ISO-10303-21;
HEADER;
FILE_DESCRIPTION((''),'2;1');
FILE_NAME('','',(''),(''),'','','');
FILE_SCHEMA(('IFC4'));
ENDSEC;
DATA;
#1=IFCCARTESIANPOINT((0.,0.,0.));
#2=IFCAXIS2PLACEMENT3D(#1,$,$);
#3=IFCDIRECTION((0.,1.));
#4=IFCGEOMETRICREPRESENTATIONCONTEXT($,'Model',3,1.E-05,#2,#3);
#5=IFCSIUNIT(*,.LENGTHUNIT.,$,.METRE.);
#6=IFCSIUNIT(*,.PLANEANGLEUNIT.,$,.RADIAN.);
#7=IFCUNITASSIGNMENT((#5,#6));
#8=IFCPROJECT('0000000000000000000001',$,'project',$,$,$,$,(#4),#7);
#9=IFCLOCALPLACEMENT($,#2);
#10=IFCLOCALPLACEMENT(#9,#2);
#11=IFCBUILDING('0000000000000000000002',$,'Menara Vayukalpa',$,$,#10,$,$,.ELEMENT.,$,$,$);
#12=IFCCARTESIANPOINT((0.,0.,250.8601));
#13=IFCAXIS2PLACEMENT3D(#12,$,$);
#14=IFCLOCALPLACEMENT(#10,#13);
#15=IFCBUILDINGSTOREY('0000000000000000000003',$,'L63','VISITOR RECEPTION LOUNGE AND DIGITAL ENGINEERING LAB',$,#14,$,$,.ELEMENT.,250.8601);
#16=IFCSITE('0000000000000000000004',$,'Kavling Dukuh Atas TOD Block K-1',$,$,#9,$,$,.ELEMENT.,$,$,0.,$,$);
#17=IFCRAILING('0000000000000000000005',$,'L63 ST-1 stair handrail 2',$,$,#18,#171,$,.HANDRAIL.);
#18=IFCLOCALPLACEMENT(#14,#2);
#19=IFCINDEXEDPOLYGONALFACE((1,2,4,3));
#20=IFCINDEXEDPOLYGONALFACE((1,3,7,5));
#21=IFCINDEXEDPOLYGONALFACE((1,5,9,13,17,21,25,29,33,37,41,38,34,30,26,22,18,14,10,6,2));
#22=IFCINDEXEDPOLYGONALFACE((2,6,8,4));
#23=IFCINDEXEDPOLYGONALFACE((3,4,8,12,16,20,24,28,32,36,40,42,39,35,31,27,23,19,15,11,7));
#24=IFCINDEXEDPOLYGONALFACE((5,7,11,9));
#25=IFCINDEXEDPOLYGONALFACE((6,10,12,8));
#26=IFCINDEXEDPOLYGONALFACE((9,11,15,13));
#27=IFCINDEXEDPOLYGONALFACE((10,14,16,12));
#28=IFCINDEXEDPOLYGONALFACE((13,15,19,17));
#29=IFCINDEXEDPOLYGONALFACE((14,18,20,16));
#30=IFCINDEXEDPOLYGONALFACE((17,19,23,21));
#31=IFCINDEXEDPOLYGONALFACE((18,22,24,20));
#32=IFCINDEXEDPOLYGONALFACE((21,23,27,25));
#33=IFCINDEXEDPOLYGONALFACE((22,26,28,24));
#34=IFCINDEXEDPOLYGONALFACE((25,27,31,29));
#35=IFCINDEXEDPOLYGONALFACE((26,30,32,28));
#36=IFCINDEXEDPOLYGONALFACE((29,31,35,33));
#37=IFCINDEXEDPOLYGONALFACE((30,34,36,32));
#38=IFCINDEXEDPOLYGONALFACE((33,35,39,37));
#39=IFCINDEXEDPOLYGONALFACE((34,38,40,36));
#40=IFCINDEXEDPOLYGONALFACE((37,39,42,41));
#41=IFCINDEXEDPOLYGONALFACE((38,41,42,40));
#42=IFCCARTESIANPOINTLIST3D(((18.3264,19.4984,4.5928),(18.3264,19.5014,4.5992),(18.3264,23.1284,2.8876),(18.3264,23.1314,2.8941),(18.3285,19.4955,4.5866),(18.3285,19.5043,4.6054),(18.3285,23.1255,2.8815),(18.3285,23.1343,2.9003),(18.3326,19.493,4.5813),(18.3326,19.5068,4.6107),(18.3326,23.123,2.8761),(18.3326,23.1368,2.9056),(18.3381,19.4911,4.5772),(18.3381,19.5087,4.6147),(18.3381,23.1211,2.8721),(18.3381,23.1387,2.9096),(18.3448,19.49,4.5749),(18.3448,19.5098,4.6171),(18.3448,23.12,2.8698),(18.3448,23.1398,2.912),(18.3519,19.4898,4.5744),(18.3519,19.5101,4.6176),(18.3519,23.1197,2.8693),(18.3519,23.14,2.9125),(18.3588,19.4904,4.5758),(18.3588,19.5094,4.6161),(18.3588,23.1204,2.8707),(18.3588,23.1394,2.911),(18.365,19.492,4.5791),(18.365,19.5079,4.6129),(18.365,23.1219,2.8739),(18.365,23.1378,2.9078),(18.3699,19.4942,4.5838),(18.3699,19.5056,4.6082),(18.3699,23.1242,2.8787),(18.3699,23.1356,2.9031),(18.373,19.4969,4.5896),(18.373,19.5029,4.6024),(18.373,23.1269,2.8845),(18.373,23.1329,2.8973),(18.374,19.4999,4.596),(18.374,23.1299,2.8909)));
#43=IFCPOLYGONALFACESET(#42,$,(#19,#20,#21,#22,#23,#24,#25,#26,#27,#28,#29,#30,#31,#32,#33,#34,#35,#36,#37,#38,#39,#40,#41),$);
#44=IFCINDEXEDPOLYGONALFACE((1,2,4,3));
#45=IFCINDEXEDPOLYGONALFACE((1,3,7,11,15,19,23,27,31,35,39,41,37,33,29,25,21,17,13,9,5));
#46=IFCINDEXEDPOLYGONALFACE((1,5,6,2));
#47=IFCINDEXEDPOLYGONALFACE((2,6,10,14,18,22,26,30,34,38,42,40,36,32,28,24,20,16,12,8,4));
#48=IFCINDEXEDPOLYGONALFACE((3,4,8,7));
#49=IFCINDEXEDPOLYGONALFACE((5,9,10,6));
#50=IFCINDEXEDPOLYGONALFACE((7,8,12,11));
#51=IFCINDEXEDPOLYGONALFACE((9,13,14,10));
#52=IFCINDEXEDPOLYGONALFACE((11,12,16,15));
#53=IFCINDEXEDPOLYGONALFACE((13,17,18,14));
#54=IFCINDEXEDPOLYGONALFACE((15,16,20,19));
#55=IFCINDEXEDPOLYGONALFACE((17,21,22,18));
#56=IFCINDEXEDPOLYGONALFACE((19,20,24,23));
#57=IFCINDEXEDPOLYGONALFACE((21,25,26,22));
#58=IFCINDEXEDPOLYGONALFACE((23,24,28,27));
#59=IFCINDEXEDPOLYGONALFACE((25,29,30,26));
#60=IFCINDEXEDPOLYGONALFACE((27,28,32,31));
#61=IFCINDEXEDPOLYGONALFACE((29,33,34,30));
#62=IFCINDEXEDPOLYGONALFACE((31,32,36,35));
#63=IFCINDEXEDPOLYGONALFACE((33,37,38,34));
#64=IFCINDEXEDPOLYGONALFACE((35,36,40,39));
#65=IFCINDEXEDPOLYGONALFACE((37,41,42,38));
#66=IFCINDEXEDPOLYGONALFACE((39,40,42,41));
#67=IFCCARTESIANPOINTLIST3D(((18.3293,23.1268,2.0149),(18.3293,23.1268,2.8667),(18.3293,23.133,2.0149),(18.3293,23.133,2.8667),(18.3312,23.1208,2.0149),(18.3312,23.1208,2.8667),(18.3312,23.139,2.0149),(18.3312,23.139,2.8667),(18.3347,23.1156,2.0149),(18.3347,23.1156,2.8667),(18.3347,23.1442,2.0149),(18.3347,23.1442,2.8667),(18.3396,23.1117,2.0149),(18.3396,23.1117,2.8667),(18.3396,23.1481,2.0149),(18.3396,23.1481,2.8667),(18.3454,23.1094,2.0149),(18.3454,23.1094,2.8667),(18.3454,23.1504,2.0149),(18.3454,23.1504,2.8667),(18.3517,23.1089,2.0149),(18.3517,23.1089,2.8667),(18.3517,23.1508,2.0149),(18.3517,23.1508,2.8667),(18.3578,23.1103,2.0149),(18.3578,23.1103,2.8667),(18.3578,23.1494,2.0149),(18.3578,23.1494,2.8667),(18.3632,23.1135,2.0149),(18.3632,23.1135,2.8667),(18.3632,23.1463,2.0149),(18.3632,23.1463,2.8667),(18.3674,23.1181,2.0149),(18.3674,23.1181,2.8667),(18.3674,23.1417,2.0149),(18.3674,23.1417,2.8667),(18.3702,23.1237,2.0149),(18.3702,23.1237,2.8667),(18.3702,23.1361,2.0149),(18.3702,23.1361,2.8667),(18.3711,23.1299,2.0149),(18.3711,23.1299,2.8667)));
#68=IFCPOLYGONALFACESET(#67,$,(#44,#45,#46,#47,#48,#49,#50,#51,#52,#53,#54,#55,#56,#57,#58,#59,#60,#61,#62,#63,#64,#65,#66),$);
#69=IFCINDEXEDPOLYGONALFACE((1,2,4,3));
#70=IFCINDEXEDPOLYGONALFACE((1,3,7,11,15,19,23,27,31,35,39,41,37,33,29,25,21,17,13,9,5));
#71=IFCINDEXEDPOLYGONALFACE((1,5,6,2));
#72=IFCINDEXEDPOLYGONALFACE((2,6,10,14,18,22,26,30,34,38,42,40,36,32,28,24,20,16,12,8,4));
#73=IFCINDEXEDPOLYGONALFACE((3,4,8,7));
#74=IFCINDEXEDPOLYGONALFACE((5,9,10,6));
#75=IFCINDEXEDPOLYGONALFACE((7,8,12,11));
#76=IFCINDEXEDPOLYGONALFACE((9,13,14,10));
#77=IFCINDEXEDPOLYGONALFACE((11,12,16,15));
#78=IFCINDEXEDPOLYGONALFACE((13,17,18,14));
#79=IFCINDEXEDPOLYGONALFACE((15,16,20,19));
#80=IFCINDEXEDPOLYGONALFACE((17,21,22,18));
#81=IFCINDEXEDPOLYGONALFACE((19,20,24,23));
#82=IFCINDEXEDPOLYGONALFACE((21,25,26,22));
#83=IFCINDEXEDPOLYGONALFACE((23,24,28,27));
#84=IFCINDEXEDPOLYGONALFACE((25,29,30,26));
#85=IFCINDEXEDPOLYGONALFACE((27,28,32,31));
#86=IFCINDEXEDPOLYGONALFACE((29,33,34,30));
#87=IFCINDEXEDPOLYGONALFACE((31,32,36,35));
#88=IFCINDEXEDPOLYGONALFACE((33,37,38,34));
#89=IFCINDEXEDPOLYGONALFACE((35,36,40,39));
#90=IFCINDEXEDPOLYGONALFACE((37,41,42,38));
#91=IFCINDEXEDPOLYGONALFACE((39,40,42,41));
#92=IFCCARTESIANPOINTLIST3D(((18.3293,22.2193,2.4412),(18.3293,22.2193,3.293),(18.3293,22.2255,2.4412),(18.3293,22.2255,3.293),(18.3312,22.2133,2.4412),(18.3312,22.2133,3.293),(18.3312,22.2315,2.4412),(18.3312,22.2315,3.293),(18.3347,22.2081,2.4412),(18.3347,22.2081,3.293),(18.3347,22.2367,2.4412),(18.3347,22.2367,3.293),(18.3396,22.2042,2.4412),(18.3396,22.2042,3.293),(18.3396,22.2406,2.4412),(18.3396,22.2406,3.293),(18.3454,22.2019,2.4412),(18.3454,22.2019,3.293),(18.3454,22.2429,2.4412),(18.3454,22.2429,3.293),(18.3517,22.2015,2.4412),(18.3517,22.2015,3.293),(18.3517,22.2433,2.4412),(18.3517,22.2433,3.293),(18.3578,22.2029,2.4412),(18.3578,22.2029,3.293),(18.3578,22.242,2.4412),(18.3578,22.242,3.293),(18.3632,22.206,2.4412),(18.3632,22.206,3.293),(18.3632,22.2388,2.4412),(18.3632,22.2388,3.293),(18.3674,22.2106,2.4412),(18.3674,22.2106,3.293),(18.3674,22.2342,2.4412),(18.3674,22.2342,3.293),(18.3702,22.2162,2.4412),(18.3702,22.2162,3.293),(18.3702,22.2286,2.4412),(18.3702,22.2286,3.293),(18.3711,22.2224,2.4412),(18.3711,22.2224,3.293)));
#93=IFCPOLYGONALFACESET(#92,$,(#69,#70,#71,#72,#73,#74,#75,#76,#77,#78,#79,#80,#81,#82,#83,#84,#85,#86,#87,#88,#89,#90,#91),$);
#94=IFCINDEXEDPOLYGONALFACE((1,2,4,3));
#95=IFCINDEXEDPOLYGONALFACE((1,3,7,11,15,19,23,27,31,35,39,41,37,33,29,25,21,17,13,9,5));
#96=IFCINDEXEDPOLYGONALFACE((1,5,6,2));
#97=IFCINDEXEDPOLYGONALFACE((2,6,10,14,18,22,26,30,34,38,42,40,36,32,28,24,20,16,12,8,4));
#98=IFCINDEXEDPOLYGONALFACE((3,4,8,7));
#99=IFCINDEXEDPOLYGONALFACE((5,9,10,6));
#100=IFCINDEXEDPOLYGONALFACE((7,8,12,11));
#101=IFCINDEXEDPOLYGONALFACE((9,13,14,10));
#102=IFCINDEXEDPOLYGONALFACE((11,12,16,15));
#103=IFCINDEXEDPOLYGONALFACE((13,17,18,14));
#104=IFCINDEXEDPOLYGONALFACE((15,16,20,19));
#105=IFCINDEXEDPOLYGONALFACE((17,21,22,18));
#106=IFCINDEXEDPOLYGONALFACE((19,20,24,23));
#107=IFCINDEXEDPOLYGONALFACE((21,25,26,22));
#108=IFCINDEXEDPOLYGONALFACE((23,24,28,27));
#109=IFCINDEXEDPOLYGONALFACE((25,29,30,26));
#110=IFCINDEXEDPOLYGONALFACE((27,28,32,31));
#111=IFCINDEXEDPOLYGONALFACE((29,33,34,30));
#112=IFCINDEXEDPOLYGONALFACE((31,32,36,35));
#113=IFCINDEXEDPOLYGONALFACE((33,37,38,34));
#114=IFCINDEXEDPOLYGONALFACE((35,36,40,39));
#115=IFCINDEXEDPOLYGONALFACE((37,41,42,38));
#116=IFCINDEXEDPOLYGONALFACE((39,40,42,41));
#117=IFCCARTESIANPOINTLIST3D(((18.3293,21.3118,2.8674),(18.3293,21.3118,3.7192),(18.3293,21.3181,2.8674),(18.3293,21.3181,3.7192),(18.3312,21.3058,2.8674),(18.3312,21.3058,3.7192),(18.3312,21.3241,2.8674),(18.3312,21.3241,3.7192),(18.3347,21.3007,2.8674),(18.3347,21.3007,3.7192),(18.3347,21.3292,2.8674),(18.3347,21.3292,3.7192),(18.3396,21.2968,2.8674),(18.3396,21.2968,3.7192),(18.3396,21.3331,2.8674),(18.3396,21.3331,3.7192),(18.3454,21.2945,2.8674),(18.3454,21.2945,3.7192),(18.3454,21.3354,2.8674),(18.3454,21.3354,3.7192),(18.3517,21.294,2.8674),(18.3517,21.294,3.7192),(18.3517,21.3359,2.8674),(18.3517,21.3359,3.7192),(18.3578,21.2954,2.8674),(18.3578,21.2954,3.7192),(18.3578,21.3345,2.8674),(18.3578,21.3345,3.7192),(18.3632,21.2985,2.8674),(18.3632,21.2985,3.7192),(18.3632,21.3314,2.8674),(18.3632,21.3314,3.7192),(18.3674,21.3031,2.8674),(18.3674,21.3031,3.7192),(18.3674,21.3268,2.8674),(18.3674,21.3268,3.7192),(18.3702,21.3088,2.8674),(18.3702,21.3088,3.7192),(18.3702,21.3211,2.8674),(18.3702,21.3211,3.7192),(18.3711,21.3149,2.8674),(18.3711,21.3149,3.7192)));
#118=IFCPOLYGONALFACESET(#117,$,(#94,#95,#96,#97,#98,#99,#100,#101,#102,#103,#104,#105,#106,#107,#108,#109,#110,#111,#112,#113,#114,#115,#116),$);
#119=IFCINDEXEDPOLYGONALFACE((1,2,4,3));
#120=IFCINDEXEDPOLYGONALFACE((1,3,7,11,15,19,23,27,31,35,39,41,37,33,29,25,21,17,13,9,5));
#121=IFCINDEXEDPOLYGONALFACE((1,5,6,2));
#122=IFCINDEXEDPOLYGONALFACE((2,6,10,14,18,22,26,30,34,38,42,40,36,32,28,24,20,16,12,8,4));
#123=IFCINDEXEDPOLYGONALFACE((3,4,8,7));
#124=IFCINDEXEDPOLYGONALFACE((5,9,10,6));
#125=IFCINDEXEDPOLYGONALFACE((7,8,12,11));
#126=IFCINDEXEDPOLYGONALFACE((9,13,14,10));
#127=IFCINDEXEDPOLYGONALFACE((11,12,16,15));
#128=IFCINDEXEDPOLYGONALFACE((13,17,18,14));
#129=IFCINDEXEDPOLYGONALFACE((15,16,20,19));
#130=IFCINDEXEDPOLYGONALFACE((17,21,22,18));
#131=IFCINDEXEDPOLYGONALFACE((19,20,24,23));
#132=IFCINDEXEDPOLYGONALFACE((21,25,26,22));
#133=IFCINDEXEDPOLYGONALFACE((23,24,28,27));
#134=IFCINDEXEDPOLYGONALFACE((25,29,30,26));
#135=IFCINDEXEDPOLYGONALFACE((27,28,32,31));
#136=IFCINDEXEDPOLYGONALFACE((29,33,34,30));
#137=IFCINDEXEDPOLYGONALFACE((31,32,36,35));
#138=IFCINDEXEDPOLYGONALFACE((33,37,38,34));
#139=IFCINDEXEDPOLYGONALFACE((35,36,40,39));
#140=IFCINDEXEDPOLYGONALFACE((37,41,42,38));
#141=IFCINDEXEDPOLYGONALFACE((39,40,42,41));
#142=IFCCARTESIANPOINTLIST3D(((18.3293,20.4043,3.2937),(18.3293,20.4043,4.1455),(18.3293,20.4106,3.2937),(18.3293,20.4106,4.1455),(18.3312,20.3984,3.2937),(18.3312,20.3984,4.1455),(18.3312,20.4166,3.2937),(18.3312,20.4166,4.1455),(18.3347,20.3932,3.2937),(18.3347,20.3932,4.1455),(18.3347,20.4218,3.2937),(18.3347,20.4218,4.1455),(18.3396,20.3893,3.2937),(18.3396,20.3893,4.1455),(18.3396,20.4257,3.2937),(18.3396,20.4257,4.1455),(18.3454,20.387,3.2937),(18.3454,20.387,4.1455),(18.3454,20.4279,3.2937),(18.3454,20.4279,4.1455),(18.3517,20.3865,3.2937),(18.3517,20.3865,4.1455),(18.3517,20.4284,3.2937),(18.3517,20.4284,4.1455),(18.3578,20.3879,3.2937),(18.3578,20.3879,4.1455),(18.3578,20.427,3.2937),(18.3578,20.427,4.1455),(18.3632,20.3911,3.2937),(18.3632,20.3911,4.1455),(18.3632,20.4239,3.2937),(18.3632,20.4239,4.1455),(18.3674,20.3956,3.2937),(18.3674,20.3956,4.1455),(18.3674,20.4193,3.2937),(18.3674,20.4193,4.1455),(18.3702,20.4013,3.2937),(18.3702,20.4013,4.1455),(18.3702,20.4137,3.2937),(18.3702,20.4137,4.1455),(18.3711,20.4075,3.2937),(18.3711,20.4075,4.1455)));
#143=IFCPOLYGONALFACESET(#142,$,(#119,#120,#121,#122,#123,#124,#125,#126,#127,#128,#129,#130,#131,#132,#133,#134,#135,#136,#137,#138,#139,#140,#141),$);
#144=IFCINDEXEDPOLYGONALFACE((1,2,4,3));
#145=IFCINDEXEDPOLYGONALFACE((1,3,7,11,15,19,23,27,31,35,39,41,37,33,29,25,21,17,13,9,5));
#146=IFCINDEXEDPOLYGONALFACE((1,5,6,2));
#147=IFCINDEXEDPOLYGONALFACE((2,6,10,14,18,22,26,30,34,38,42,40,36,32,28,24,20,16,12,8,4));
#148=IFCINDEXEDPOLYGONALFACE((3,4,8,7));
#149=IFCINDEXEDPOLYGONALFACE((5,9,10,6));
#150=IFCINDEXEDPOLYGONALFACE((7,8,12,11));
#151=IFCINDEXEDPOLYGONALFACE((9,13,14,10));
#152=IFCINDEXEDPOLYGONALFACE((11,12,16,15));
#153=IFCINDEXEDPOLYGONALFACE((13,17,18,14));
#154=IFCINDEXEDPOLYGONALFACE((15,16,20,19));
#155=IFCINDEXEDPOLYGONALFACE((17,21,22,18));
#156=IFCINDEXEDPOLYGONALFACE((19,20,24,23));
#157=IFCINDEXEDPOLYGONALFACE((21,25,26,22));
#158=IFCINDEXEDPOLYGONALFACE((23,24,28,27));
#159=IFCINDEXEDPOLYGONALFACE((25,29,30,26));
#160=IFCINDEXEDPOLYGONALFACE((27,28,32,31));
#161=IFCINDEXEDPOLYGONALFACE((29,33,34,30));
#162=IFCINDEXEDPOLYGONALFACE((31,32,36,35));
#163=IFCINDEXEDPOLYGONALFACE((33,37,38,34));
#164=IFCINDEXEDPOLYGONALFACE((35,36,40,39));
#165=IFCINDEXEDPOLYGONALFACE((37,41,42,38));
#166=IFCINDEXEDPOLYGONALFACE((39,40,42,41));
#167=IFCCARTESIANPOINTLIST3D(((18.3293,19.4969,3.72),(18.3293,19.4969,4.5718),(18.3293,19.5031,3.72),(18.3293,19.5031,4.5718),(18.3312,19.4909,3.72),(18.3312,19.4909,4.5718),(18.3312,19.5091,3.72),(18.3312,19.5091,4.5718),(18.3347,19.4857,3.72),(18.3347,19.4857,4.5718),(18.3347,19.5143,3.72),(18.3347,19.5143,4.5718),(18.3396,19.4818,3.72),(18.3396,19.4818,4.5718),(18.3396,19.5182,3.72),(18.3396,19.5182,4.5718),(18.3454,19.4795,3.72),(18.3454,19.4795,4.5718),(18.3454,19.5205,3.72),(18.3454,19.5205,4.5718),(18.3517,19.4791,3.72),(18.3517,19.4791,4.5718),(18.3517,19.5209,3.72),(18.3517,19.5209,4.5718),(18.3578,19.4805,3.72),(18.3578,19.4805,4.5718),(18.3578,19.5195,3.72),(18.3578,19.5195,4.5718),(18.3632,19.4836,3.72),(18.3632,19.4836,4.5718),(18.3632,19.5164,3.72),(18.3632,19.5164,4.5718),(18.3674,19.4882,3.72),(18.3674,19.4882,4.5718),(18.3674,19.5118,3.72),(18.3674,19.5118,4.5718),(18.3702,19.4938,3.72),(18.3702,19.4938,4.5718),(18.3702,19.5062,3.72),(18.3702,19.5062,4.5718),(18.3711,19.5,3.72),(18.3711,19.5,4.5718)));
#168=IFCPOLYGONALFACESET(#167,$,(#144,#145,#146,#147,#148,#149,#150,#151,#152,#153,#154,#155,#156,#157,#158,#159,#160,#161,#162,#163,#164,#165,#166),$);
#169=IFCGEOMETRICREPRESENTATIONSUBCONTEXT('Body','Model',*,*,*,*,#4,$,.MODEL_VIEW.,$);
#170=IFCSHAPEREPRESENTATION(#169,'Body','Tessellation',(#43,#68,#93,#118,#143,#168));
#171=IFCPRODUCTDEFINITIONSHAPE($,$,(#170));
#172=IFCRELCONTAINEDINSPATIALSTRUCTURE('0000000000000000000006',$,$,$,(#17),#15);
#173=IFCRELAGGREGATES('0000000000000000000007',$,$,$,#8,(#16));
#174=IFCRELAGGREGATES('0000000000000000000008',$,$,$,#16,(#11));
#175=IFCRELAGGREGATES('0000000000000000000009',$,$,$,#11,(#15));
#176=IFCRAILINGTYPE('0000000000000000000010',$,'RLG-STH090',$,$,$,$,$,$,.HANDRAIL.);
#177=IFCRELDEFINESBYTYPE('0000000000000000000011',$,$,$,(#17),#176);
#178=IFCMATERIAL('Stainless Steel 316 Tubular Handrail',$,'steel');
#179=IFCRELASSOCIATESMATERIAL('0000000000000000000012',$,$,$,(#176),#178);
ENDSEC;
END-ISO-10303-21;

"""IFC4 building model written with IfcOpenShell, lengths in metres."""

from ifc_helpers import new_model, si_unit, direction, frame, origin, origin_2d, place, context, subcontext, project, spatial, circle, extrude, material, type_object, element, save


model = new_model("IFC4")

# Units and contexts
model_context = context("Model", 3, precision=1e-05, world=origin(), true_north=direction((0.0, 1.0)))
body_context = subcontext(model_context, "Body", "Model", "MODEL_VIEW")
ifc_project = project(units=[si_unit("LENGTHUNIT", "METRE"), si_unit("PLANEANGLEUNIT", "RADIAN")], contexts=[model_context])

# Site, building, storey
site_placement = place(None, origin())
site = spatial("IfcSite", under=ifc_project, at=site_placement, Name="Kavling Dukuh Atas TOD Block K-1", CompositionType="ELEMENT", RefElevation=0.0)
building_placement = place(site_placement, origin())
building = spatial("IfcBuilding", under=site, at=building_placement, Name="Menara Vayukalpa", CompositionType="ELEMENT")
storey_placement = place(building_placement, frame((0.0, 0.0, 250.8601)))
storey = spatial("IfcBuildingStorey", under=building, at=storey_placement, Name="L63", Description="VISITOR RECEPTION LOUNGE AND DIGITAL ENGINEERING LAB", CompositionType="ELEMENT", Elevation=250.8601)

# Railing
ifc_material_1 = material(Name="Stainless Steel 316 Tubular Handrail", Category="steel")
railing_type_1 = type_object("IfcRailingType", Name="RLG-STH090", PredefinedType="HANDRAIL", material=ifc_material_1)
railing_1_placement = place(storey_placement, frame((18.3501, 23.1299, 2.0149)))
element("IfcRailing", 1, at=railing_1_placement, inside=storey, type_object=railing_type_1, Name="L63 ST-1 stair handrail 2", PredefinedType="HANDRAIL", context=body_context, shape_type="SweptSolid", body=[
    extrude(circle(Radius=0.0239, at=origin_2d()), frame((0.0, 0.0, 0.876), z_axis=(0.0, -0.905116, 0.425164), x_axis=(1.0, 0.0, 0.0)), (0.0, 0.0, 1.0), 4.0105),
    extrude(circle(Radius=0.021, at=origin_2d()), origin(), (0.0, 0.0, 1.0), 0.8518),
    extrude(circle(Radius=0.021, at=origin_2d()), frame((0.0, -0.9075, 0.4263)), (0.0, 0.0, 1.0), 0.8518),
    extrude(circle(Radius=0.021, at=origin_2d()), frame((0.0, -1.8149, 0.8525)), (0.0, 0.0, 1.0), 0.8518),
    extrude(circle(Radius=0.021, at=origin_2d()), frame((0.0, -2.7224, 1.2788)), (0.0, 0.0, 1.0), 0.8518),
    extrude(circle(Radius=0.021, at=origin_2d()), frame((0.0, -3.6299, 1.7051)), (0.0, 0.0, 1.0), 0.8518),
])

save(model, "model.ifc")
